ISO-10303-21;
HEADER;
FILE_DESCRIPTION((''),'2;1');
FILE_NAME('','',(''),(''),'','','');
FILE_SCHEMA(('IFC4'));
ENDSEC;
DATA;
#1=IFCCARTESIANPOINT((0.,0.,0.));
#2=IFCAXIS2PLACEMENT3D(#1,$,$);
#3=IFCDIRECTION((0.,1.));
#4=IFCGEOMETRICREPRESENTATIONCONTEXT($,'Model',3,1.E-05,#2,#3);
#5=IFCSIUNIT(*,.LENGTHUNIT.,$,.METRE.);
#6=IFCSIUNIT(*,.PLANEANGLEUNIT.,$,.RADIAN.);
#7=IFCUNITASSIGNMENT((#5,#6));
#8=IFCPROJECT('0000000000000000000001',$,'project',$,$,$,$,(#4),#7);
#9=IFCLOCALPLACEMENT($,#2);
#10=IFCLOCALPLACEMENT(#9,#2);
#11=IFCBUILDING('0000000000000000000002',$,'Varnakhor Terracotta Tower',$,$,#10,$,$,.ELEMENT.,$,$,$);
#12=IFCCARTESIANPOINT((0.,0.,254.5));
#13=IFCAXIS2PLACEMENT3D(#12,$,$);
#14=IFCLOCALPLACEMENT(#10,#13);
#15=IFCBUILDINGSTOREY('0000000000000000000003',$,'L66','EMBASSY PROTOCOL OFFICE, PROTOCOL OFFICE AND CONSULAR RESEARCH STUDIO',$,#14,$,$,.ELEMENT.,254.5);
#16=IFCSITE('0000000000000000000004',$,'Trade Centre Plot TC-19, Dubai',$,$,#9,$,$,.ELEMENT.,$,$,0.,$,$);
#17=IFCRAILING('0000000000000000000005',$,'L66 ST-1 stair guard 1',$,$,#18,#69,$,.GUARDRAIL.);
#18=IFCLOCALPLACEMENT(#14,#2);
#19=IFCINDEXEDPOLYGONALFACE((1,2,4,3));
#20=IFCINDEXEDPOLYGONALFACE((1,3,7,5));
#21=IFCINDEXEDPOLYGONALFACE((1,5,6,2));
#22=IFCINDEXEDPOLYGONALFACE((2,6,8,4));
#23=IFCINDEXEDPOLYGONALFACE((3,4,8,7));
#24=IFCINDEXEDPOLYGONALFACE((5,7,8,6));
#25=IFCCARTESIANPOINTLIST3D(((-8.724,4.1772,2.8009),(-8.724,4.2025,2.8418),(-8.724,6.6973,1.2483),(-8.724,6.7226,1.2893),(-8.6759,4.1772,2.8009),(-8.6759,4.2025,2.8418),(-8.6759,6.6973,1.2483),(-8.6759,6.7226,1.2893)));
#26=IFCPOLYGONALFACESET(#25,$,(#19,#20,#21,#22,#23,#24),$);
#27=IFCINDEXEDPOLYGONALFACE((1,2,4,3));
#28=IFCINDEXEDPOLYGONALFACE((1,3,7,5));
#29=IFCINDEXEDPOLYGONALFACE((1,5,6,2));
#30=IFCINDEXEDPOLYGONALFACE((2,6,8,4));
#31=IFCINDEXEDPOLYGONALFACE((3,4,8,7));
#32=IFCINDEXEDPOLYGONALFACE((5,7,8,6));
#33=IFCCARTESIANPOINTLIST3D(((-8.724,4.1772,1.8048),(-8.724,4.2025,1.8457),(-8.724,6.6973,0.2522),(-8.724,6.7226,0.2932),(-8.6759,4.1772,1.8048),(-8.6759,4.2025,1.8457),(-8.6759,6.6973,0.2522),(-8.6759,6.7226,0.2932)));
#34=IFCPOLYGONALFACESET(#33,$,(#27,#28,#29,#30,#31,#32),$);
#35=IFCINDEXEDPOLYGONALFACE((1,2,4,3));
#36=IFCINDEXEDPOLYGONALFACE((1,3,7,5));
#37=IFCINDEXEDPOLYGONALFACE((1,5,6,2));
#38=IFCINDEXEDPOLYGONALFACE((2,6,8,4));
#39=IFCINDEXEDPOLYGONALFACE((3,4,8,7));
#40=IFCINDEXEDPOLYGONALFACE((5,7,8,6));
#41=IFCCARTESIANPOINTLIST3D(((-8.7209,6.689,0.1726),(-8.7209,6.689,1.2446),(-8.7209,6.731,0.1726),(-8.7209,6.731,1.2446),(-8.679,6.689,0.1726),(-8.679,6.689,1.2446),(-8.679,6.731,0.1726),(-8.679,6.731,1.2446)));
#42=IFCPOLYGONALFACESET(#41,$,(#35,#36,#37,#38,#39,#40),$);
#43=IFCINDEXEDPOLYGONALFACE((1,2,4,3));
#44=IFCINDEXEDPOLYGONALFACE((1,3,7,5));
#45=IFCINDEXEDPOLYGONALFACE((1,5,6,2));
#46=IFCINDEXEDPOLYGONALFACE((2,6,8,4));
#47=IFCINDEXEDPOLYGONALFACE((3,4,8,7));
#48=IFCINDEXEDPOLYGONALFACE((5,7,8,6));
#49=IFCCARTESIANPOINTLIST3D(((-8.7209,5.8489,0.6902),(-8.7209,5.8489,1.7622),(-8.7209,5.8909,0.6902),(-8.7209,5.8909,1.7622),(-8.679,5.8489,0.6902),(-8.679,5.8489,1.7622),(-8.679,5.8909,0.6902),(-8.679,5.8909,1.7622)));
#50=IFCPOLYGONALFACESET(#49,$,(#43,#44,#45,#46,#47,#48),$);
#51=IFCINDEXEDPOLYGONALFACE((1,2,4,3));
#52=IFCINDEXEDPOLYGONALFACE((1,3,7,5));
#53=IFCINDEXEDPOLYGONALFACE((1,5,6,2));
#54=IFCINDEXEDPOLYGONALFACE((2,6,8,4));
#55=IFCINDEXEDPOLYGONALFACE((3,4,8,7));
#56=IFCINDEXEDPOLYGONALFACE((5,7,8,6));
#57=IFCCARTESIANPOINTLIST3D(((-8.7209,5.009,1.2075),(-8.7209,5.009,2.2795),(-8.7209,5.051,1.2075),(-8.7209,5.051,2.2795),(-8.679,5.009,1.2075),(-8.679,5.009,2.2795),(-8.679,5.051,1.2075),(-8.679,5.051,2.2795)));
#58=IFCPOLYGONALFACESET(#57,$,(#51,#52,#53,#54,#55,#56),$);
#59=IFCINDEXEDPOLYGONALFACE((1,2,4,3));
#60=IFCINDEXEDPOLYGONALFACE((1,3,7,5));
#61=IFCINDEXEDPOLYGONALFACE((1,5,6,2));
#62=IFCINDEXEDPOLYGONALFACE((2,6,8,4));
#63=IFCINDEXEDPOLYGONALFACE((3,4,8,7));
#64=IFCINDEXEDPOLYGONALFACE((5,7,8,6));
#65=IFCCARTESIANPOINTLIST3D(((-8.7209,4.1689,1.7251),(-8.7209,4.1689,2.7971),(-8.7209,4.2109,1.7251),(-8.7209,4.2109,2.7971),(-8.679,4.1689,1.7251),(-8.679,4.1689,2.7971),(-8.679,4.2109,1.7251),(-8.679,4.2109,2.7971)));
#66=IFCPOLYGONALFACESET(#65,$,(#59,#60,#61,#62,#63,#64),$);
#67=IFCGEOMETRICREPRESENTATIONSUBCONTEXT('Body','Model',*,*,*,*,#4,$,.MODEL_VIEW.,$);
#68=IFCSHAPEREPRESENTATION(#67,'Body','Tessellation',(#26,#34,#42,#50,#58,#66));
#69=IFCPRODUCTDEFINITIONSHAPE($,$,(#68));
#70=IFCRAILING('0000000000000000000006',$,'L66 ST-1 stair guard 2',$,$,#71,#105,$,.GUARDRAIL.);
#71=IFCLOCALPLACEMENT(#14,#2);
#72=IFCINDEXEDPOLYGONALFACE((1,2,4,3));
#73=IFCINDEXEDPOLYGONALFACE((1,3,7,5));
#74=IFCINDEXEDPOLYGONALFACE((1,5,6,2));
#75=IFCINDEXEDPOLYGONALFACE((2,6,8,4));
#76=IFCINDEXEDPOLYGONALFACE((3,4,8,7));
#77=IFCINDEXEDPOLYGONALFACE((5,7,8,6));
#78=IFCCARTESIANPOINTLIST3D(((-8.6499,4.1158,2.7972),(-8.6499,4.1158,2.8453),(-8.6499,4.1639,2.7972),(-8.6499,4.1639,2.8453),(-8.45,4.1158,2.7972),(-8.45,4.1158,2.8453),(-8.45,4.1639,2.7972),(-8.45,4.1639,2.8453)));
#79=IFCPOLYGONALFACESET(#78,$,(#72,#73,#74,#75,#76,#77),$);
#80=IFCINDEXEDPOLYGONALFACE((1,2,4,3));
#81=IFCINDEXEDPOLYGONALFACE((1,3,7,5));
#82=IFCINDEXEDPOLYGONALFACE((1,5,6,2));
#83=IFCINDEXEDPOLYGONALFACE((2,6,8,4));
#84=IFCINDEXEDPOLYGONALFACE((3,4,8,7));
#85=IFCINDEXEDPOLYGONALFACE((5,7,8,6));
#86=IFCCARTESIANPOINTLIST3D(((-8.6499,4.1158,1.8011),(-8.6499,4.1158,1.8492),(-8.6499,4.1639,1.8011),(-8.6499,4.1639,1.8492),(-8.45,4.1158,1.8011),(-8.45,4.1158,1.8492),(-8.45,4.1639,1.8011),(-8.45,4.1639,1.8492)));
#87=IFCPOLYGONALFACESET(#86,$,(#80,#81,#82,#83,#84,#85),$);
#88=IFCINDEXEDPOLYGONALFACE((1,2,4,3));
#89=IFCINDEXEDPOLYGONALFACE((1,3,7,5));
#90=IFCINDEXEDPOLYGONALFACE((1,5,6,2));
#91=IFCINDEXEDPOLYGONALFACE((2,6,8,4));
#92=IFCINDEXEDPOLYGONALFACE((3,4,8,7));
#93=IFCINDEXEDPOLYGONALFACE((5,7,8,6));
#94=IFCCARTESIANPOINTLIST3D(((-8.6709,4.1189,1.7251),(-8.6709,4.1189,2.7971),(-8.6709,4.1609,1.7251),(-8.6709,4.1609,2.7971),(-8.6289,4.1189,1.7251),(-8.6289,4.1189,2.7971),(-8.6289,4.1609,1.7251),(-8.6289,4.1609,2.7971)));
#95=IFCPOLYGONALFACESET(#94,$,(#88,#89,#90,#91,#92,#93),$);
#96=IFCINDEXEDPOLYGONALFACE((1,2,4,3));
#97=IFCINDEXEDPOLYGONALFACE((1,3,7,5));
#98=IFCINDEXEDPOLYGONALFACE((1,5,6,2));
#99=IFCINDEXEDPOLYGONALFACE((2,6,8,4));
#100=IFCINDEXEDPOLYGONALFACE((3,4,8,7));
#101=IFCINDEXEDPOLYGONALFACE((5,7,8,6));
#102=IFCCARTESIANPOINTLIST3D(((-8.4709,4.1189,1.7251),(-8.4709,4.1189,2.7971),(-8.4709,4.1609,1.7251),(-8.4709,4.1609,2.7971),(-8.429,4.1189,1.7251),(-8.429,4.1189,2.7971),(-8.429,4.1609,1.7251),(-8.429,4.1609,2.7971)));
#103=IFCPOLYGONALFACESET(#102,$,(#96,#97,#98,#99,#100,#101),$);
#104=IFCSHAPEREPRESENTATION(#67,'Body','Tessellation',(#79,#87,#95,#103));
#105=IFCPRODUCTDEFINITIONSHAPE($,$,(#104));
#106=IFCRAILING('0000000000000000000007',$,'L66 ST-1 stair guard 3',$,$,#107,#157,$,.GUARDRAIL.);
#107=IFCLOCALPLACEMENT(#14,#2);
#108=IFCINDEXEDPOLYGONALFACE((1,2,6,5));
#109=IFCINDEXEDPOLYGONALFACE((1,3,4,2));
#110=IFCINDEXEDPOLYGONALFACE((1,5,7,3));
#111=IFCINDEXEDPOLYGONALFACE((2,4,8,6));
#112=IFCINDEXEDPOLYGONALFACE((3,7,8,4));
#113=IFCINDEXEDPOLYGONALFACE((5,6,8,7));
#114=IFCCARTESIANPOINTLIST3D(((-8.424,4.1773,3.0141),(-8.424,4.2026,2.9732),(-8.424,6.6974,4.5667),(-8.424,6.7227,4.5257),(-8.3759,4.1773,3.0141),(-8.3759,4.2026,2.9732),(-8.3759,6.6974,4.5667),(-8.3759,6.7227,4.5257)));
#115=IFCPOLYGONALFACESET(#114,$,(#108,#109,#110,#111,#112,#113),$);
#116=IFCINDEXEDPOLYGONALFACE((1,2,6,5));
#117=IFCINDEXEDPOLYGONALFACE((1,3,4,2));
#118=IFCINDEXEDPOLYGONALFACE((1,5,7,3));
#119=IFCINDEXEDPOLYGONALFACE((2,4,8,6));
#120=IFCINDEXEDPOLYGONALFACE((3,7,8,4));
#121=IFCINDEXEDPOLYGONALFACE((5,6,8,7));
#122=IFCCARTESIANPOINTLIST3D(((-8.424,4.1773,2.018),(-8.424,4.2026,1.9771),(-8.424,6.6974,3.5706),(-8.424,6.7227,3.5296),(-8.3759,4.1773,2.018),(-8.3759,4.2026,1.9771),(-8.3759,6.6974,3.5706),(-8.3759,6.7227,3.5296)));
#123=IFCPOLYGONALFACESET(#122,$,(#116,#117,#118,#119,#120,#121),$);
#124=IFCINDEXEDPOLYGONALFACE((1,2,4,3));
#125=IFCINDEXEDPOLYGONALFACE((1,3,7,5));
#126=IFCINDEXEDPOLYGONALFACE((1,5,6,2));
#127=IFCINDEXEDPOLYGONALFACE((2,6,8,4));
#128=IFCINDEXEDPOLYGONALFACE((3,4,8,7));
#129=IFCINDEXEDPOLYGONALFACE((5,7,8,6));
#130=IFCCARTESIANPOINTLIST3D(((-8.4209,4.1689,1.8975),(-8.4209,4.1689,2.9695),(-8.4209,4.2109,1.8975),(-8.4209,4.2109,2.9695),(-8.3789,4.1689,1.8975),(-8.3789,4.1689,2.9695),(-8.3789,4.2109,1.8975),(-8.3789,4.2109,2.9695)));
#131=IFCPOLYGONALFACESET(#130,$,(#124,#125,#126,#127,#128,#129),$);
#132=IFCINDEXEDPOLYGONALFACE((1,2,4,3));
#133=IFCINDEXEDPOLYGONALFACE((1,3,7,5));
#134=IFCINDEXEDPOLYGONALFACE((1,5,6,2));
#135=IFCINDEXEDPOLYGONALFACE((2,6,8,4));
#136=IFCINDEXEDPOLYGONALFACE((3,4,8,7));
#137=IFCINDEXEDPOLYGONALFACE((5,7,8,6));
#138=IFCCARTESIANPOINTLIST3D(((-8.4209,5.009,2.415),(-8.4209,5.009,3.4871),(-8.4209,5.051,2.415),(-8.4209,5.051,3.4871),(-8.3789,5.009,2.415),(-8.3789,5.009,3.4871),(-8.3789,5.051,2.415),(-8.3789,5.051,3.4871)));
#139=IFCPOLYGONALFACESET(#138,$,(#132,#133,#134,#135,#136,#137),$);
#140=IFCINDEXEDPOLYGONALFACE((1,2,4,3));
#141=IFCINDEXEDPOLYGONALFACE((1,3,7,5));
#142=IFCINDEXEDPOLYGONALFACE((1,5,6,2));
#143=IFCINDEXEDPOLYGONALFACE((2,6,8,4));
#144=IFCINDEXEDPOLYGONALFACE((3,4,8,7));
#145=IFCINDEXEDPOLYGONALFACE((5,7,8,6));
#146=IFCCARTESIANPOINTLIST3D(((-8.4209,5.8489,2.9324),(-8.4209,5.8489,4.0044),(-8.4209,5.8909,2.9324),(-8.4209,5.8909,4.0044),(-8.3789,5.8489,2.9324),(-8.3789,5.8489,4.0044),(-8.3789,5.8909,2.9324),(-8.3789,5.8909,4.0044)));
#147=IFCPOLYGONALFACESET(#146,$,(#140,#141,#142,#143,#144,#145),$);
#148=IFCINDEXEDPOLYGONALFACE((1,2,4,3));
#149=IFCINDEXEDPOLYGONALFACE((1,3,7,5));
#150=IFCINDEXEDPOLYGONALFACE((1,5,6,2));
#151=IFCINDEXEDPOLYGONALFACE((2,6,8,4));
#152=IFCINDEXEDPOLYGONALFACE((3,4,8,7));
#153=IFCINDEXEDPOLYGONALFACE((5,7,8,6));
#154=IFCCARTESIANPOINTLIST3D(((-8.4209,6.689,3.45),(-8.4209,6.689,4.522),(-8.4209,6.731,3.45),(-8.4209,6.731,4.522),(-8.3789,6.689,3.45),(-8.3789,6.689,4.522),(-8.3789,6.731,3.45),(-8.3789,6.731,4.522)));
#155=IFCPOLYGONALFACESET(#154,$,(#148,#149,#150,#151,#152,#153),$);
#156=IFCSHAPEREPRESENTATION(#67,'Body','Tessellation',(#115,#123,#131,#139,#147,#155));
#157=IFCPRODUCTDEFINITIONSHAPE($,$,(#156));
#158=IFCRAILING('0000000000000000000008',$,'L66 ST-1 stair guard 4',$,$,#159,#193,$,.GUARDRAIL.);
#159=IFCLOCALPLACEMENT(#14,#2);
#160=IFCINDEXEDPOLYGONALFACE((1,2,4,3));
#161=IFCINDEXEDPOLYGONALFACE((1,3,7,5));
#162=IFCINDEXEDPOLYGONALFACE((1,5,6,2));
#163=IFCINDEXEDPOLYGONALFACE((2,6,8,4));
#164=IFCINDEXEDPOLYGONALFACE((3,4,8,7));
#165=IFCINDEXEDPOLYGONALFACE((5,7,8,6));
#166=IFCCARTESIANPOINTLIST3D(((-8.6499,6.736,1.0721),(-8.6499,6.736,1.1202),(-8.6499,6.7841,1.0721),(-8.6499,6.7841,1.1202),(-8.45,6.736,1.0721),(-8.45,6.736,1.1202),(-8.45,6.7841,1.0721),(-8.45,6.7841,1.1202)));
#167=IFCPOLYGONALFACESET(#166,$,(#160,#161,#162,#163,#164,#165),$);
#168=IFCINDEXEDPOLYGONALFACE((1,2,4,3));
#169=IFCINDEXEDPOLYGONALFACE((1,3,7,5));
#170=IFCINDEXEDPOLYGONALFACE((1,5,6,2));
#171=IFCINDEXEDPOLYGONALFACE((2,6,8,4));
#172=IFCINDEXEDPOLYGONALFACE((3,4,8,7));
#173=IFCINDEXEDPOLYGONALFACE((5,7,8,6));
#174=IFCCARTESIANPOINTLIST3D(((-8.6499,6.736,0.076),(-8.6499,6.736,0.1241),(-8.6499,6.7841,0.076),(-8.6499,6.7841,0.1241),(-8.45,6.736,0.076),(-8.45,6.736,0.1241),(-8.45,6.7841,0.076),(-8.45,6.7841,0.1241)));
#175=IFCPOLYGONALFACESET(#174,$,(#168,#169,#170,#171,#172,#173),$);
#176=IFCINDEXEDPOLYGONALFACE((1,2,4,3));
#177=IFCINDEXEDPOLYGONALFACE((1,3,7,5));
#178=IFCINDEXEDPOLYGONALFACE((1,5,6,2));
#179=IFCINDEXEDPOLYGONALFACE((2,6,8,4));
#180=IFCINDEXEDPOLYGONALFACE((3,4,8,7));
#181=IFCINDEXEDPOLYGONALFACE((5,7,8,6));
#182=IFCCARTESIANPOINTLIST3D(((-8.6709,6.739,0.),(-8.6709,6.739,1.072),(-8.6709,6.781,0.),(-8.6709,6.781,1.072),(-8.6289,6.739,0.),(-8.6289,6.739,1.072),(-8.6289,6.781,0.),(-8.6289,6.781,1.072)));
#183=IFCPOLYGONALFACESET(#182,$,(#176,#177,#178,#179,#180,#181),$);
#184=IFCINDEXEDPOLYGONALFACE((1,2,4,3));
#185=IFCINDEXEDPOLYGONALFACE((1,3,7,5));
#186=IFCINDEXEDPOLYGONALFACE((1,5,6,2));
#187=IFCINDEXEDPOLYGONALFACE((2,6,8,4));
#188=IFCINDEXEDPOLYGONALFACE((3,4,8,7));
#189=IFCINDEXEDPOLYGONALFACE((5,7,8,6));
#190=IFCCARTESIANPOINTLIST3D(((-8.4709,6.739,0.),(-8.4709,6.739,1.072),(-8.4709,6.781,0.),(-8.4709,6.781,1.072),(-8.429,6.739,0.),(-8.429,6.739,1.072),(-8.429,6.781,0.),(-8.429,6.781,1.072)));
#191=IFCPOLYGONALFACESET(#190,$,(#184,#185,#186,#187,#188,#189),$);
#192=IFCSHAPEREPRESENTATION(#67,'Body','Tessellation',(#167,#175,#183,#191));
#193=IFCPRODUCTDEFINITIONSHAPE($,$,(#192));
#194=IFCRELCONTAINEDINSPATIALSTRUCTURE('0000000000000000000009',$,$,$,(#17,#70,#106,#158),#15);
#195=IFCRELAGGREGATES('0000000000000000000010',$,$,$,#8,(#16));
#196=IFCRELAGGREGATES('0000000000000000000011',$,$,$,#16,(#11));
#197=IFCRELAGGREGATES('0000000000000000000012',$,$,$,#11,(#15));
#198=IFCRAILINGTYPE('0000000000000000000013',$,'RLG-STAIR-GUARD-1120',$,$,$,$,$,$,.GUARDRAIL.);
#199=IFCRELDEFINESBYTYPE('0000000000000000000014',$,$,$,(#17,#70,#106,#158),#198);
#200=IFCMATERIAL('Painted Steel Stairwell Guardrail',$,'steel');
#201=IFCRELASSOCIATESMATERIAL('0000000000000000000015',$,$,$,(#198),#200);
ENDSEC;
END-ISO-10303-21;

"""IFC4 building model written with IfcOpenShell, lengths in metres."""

from ifc_helpers import new_model, si_unit, direction, frame, origin, origin_2d, place, context, subcontext, project, spatial, rectangle, extrude, material, type_object, element, save


model = new_model("IFC4")

# Units and contexts
model_context = context("Model", 3, precision=1e-05, world=origin(), true_north=direction((0.0, 1.0)))
body_context = subcontext(model_context, "Body", "Model", "MODEL_VIEW")
ifc_project = project(units=[si_unit("LENGTHUNIT", "METRE"), si_unit("PLANEANGLEUNIT", "RADIAN")], contexts=[model_context])

# Site, building, storey
site_placement = place(None, origin())
site = spatial("IfcSite", under=ifc_project, at=site_placement, Name="Trade Centre Plot TC-19, Dubai", CompositionType="ELEMENT", RefElevation=0.0)
building_placement = place(site_placement, origin())
building = spatial("IfcBuilding", under=site, at=building_placement, Name="Varnakhor Terracotta Tower", CompositionType="ELEMENT")
storey_placement = place(building_placement, frame((0.0, 0.0, 254.5)))
storey = spatial("IfcBuildingStorey", under=building, at=storey_placement, Name="L66", Description="EMBASSY PROTOCOL OFFICE, PROTOCOL OFFICE AND CONSULAR RESEARCH STUDIO", CompositionType="ELEMENT", Elevation=254.5)

# Railings
ifc_material_1 = material(Name="Painted Steel Stairwell Guardrail", Category="steel")
railing_type_1 = type_object("IfcRailingType", Name="RLG-STAIR-GUARD-1120", PredefinedType="GUARDRAIL", material=ifc_material_1)
railing_1_placement = place(storey_placement, frame((-8.7, 6.71, 0.1726)))
element("IfcRailing", 1, at=railing_1_placement, inside=storey, type_object=railing_type_1, Name="L66 ST-1 stair guard 1", PredefinedType="GUARDRAIL", context=body_context, shape_type="SweptSolid", body=[
    extrude(rectangle(XDim=0.0481, YDim=0.0481, at=origin_2d()), frame((0.0, 0.0, 1.0962), z_axis=(0.0, -0.8514, 0.524516), x_axis=(1.0, 0.0, 0.0)), (0.0, 0.0, 1.0), 2.96),
    extrude(rectangle(XDim=0.0481, YDim=0.0481, at=origin_2d()), frame((0.0, 0.0, 0.1001), z_axis=(0.0, -0.8514, 0.524516), x_axis=(1.0, 0.0, 0.0)), (0.0, 0.0, 1.0), 2.96),
    extrude(rectangle(XDim=0.042, YDim=0.042, at=origin_2d()), origin(), (0.0, 0.0, 1.0), 1.072),
    extrude(rectangle(XDim=0.042, YDim=0.042, at=origin_2d()), frame((0.0, -0.8401, 0.5176)), (0.0, 0.0, 1.0), 1.072),
    extrude(rectangle(XDim=0.042, YDim=0.042, at=origin_2d()), frame((0.0, -1.6799, 1.0349)), (0.0, 0.0, 1.0), 1.072),
    extrude(rectangle(XDim=0.042, YDim=0.042, at=origin_2d()), frame((0.0, -2.52, 1.5525)), (0.0, 0.0, 1.0), 1.072),
])
railing_2_placement = place(storey_placement, frame((-8.6499, 4.1399, 1.7251)))
element("IfcRailing", 2, at=railing_2_placement, inside=storey, type_object=railing_type_1, Name="L66 ST-1 stair guard 2", PredefinedType="GUARDRAIL", context=body_context, shape_type="SweptSolid", body=[
    extrude(rectangle(XDim=0.0481, YDim=0.0481, at=origin_2d()), frame((0.0, 0.0, 1.0962), z_axis=(1.0, 0.0, 0.0), x_axis=(0.0, 1.0, 0.0)), (0.0, 0.0, 1.0), 0.2),
    extrude(rectangle(XDim=0.0481, YDim=0.0481, at=origin_2d()), frame((0.0, 0.0, 0.1001), z_axis=(1.0, 0.0, 0.0), x_axis=(0.0, 1.0, 0.0)), (0.0, 0.0, 1.0), 0.2),
    extrude(rectangle(XDim=0.042, YDim=0.042, at=origin_2d()), origin(), (0.0, 0.0, 1.0), 1.072),
    extrude(rectangle(XDim=0.042, YDim=0.042, at=origin_2d()), frame((0.2, 0.0, 0.0)), (0.0, 0.0, 1.0), 1.072),
])
railing_3_placement = place(storey_placement, frame((-8.3999, 4.1899, 1.8975)))
element("IfcRailing", 3, at=railing_3_placement, inside=storey, type_object=railing_type_1, Name="L66 ST-1 stair guard 3", PredefinedType="GUARDRAIL", context=body_context, shape_type="SweptSolid", body=[
    extrude(rectangle(XDim=0.0481, YDim=0.0481, at=origin_2d()), frame((0.0, 0.0, 1.0962), z_axis=(0.0, 0.8514, 0.524516), x_axis=(-1.0, 0.0, 0.0)), (0.0, 0.0, 1.0), 2.96),
    extrude(rectangle(XDim=0.0481, YDim=0.0481, at=origin_2d()), frame((0.0, 0.0, 0.1001), z_axis=(0.0, 0.8514, 0.524516), x_axis=(-1.0, 0.0, 0.0)), (0.0, 0.0, 1.0), 2.96),
    extrude(rectangle(XDim=0.042, YDim=0.042, at=origin_2d()), origin(), (0.0, 0.0, 1.0), 1.072),
    extrude(rectangle(XDim=0.042, YDim=0.042, at=origin_2d()), frame((0.0, 0.8401, 0.5176)), (0.0, 0.0, 1.0), 1.072),
    extrude(rectangle(XDim=0.042, YDim=0.042, at=origin_2d()), frame((0.0, 1.6799, 1.0349)), (0.0, 0.0, 1.0), 1.072),
    extrude(rectangle(XDim=0.042, YDim=0.042, at=origin_2d()), frame((0.0, 2.52, 1.5525)), (0.0, 0.0, 1.0), 1.072),
])
railing_4_placement = place(storey_placement, frame((-8.6499, 6.76, 0.0)))
element("IfcRailing", 4, at=railing_4_placement, inside=storey, type_object=railing_type_1, Name="L66 ST-1 stair guard 4", PredefinedType="GUARDRAIL", context=body_context, shape_type="SweptSolid", body=[
    extrude(rectangle(XDim=0.0481, YDim=0.0481, at=origin_2d()), frame((0.0, 0.0, 1.0962), z_axis=(1.0, 0.0, 0.0), x_axis=(0.0, 1.0, 0.0)), (0.0, 0.0, 1.0), 0.2),
    extrude(rectangle(XDim=0.0481, YDim=0.0481, at=origin_2d()), frame((0.0, 0.0, 0.1001), z_axis=(1.0, 0.0, 0.0), x_axis=(0.0, 1.0, 0.0)), (0.0, 0.0, 1.0), 0.2),
    extrude(rectangle(XDim=0.042, YDim=0.042, at=origin_2d()), origin(), (0.0, 0.0, 1.0), 1.072),
    extrude(rectangle(XDim=0.042, YDim=0.042, at=origin_2d()), frame((0.2, 0.0, 0.0)), (0.0, 0.0, 1.0), 1.072),
])

save(model, "model.ifc")
